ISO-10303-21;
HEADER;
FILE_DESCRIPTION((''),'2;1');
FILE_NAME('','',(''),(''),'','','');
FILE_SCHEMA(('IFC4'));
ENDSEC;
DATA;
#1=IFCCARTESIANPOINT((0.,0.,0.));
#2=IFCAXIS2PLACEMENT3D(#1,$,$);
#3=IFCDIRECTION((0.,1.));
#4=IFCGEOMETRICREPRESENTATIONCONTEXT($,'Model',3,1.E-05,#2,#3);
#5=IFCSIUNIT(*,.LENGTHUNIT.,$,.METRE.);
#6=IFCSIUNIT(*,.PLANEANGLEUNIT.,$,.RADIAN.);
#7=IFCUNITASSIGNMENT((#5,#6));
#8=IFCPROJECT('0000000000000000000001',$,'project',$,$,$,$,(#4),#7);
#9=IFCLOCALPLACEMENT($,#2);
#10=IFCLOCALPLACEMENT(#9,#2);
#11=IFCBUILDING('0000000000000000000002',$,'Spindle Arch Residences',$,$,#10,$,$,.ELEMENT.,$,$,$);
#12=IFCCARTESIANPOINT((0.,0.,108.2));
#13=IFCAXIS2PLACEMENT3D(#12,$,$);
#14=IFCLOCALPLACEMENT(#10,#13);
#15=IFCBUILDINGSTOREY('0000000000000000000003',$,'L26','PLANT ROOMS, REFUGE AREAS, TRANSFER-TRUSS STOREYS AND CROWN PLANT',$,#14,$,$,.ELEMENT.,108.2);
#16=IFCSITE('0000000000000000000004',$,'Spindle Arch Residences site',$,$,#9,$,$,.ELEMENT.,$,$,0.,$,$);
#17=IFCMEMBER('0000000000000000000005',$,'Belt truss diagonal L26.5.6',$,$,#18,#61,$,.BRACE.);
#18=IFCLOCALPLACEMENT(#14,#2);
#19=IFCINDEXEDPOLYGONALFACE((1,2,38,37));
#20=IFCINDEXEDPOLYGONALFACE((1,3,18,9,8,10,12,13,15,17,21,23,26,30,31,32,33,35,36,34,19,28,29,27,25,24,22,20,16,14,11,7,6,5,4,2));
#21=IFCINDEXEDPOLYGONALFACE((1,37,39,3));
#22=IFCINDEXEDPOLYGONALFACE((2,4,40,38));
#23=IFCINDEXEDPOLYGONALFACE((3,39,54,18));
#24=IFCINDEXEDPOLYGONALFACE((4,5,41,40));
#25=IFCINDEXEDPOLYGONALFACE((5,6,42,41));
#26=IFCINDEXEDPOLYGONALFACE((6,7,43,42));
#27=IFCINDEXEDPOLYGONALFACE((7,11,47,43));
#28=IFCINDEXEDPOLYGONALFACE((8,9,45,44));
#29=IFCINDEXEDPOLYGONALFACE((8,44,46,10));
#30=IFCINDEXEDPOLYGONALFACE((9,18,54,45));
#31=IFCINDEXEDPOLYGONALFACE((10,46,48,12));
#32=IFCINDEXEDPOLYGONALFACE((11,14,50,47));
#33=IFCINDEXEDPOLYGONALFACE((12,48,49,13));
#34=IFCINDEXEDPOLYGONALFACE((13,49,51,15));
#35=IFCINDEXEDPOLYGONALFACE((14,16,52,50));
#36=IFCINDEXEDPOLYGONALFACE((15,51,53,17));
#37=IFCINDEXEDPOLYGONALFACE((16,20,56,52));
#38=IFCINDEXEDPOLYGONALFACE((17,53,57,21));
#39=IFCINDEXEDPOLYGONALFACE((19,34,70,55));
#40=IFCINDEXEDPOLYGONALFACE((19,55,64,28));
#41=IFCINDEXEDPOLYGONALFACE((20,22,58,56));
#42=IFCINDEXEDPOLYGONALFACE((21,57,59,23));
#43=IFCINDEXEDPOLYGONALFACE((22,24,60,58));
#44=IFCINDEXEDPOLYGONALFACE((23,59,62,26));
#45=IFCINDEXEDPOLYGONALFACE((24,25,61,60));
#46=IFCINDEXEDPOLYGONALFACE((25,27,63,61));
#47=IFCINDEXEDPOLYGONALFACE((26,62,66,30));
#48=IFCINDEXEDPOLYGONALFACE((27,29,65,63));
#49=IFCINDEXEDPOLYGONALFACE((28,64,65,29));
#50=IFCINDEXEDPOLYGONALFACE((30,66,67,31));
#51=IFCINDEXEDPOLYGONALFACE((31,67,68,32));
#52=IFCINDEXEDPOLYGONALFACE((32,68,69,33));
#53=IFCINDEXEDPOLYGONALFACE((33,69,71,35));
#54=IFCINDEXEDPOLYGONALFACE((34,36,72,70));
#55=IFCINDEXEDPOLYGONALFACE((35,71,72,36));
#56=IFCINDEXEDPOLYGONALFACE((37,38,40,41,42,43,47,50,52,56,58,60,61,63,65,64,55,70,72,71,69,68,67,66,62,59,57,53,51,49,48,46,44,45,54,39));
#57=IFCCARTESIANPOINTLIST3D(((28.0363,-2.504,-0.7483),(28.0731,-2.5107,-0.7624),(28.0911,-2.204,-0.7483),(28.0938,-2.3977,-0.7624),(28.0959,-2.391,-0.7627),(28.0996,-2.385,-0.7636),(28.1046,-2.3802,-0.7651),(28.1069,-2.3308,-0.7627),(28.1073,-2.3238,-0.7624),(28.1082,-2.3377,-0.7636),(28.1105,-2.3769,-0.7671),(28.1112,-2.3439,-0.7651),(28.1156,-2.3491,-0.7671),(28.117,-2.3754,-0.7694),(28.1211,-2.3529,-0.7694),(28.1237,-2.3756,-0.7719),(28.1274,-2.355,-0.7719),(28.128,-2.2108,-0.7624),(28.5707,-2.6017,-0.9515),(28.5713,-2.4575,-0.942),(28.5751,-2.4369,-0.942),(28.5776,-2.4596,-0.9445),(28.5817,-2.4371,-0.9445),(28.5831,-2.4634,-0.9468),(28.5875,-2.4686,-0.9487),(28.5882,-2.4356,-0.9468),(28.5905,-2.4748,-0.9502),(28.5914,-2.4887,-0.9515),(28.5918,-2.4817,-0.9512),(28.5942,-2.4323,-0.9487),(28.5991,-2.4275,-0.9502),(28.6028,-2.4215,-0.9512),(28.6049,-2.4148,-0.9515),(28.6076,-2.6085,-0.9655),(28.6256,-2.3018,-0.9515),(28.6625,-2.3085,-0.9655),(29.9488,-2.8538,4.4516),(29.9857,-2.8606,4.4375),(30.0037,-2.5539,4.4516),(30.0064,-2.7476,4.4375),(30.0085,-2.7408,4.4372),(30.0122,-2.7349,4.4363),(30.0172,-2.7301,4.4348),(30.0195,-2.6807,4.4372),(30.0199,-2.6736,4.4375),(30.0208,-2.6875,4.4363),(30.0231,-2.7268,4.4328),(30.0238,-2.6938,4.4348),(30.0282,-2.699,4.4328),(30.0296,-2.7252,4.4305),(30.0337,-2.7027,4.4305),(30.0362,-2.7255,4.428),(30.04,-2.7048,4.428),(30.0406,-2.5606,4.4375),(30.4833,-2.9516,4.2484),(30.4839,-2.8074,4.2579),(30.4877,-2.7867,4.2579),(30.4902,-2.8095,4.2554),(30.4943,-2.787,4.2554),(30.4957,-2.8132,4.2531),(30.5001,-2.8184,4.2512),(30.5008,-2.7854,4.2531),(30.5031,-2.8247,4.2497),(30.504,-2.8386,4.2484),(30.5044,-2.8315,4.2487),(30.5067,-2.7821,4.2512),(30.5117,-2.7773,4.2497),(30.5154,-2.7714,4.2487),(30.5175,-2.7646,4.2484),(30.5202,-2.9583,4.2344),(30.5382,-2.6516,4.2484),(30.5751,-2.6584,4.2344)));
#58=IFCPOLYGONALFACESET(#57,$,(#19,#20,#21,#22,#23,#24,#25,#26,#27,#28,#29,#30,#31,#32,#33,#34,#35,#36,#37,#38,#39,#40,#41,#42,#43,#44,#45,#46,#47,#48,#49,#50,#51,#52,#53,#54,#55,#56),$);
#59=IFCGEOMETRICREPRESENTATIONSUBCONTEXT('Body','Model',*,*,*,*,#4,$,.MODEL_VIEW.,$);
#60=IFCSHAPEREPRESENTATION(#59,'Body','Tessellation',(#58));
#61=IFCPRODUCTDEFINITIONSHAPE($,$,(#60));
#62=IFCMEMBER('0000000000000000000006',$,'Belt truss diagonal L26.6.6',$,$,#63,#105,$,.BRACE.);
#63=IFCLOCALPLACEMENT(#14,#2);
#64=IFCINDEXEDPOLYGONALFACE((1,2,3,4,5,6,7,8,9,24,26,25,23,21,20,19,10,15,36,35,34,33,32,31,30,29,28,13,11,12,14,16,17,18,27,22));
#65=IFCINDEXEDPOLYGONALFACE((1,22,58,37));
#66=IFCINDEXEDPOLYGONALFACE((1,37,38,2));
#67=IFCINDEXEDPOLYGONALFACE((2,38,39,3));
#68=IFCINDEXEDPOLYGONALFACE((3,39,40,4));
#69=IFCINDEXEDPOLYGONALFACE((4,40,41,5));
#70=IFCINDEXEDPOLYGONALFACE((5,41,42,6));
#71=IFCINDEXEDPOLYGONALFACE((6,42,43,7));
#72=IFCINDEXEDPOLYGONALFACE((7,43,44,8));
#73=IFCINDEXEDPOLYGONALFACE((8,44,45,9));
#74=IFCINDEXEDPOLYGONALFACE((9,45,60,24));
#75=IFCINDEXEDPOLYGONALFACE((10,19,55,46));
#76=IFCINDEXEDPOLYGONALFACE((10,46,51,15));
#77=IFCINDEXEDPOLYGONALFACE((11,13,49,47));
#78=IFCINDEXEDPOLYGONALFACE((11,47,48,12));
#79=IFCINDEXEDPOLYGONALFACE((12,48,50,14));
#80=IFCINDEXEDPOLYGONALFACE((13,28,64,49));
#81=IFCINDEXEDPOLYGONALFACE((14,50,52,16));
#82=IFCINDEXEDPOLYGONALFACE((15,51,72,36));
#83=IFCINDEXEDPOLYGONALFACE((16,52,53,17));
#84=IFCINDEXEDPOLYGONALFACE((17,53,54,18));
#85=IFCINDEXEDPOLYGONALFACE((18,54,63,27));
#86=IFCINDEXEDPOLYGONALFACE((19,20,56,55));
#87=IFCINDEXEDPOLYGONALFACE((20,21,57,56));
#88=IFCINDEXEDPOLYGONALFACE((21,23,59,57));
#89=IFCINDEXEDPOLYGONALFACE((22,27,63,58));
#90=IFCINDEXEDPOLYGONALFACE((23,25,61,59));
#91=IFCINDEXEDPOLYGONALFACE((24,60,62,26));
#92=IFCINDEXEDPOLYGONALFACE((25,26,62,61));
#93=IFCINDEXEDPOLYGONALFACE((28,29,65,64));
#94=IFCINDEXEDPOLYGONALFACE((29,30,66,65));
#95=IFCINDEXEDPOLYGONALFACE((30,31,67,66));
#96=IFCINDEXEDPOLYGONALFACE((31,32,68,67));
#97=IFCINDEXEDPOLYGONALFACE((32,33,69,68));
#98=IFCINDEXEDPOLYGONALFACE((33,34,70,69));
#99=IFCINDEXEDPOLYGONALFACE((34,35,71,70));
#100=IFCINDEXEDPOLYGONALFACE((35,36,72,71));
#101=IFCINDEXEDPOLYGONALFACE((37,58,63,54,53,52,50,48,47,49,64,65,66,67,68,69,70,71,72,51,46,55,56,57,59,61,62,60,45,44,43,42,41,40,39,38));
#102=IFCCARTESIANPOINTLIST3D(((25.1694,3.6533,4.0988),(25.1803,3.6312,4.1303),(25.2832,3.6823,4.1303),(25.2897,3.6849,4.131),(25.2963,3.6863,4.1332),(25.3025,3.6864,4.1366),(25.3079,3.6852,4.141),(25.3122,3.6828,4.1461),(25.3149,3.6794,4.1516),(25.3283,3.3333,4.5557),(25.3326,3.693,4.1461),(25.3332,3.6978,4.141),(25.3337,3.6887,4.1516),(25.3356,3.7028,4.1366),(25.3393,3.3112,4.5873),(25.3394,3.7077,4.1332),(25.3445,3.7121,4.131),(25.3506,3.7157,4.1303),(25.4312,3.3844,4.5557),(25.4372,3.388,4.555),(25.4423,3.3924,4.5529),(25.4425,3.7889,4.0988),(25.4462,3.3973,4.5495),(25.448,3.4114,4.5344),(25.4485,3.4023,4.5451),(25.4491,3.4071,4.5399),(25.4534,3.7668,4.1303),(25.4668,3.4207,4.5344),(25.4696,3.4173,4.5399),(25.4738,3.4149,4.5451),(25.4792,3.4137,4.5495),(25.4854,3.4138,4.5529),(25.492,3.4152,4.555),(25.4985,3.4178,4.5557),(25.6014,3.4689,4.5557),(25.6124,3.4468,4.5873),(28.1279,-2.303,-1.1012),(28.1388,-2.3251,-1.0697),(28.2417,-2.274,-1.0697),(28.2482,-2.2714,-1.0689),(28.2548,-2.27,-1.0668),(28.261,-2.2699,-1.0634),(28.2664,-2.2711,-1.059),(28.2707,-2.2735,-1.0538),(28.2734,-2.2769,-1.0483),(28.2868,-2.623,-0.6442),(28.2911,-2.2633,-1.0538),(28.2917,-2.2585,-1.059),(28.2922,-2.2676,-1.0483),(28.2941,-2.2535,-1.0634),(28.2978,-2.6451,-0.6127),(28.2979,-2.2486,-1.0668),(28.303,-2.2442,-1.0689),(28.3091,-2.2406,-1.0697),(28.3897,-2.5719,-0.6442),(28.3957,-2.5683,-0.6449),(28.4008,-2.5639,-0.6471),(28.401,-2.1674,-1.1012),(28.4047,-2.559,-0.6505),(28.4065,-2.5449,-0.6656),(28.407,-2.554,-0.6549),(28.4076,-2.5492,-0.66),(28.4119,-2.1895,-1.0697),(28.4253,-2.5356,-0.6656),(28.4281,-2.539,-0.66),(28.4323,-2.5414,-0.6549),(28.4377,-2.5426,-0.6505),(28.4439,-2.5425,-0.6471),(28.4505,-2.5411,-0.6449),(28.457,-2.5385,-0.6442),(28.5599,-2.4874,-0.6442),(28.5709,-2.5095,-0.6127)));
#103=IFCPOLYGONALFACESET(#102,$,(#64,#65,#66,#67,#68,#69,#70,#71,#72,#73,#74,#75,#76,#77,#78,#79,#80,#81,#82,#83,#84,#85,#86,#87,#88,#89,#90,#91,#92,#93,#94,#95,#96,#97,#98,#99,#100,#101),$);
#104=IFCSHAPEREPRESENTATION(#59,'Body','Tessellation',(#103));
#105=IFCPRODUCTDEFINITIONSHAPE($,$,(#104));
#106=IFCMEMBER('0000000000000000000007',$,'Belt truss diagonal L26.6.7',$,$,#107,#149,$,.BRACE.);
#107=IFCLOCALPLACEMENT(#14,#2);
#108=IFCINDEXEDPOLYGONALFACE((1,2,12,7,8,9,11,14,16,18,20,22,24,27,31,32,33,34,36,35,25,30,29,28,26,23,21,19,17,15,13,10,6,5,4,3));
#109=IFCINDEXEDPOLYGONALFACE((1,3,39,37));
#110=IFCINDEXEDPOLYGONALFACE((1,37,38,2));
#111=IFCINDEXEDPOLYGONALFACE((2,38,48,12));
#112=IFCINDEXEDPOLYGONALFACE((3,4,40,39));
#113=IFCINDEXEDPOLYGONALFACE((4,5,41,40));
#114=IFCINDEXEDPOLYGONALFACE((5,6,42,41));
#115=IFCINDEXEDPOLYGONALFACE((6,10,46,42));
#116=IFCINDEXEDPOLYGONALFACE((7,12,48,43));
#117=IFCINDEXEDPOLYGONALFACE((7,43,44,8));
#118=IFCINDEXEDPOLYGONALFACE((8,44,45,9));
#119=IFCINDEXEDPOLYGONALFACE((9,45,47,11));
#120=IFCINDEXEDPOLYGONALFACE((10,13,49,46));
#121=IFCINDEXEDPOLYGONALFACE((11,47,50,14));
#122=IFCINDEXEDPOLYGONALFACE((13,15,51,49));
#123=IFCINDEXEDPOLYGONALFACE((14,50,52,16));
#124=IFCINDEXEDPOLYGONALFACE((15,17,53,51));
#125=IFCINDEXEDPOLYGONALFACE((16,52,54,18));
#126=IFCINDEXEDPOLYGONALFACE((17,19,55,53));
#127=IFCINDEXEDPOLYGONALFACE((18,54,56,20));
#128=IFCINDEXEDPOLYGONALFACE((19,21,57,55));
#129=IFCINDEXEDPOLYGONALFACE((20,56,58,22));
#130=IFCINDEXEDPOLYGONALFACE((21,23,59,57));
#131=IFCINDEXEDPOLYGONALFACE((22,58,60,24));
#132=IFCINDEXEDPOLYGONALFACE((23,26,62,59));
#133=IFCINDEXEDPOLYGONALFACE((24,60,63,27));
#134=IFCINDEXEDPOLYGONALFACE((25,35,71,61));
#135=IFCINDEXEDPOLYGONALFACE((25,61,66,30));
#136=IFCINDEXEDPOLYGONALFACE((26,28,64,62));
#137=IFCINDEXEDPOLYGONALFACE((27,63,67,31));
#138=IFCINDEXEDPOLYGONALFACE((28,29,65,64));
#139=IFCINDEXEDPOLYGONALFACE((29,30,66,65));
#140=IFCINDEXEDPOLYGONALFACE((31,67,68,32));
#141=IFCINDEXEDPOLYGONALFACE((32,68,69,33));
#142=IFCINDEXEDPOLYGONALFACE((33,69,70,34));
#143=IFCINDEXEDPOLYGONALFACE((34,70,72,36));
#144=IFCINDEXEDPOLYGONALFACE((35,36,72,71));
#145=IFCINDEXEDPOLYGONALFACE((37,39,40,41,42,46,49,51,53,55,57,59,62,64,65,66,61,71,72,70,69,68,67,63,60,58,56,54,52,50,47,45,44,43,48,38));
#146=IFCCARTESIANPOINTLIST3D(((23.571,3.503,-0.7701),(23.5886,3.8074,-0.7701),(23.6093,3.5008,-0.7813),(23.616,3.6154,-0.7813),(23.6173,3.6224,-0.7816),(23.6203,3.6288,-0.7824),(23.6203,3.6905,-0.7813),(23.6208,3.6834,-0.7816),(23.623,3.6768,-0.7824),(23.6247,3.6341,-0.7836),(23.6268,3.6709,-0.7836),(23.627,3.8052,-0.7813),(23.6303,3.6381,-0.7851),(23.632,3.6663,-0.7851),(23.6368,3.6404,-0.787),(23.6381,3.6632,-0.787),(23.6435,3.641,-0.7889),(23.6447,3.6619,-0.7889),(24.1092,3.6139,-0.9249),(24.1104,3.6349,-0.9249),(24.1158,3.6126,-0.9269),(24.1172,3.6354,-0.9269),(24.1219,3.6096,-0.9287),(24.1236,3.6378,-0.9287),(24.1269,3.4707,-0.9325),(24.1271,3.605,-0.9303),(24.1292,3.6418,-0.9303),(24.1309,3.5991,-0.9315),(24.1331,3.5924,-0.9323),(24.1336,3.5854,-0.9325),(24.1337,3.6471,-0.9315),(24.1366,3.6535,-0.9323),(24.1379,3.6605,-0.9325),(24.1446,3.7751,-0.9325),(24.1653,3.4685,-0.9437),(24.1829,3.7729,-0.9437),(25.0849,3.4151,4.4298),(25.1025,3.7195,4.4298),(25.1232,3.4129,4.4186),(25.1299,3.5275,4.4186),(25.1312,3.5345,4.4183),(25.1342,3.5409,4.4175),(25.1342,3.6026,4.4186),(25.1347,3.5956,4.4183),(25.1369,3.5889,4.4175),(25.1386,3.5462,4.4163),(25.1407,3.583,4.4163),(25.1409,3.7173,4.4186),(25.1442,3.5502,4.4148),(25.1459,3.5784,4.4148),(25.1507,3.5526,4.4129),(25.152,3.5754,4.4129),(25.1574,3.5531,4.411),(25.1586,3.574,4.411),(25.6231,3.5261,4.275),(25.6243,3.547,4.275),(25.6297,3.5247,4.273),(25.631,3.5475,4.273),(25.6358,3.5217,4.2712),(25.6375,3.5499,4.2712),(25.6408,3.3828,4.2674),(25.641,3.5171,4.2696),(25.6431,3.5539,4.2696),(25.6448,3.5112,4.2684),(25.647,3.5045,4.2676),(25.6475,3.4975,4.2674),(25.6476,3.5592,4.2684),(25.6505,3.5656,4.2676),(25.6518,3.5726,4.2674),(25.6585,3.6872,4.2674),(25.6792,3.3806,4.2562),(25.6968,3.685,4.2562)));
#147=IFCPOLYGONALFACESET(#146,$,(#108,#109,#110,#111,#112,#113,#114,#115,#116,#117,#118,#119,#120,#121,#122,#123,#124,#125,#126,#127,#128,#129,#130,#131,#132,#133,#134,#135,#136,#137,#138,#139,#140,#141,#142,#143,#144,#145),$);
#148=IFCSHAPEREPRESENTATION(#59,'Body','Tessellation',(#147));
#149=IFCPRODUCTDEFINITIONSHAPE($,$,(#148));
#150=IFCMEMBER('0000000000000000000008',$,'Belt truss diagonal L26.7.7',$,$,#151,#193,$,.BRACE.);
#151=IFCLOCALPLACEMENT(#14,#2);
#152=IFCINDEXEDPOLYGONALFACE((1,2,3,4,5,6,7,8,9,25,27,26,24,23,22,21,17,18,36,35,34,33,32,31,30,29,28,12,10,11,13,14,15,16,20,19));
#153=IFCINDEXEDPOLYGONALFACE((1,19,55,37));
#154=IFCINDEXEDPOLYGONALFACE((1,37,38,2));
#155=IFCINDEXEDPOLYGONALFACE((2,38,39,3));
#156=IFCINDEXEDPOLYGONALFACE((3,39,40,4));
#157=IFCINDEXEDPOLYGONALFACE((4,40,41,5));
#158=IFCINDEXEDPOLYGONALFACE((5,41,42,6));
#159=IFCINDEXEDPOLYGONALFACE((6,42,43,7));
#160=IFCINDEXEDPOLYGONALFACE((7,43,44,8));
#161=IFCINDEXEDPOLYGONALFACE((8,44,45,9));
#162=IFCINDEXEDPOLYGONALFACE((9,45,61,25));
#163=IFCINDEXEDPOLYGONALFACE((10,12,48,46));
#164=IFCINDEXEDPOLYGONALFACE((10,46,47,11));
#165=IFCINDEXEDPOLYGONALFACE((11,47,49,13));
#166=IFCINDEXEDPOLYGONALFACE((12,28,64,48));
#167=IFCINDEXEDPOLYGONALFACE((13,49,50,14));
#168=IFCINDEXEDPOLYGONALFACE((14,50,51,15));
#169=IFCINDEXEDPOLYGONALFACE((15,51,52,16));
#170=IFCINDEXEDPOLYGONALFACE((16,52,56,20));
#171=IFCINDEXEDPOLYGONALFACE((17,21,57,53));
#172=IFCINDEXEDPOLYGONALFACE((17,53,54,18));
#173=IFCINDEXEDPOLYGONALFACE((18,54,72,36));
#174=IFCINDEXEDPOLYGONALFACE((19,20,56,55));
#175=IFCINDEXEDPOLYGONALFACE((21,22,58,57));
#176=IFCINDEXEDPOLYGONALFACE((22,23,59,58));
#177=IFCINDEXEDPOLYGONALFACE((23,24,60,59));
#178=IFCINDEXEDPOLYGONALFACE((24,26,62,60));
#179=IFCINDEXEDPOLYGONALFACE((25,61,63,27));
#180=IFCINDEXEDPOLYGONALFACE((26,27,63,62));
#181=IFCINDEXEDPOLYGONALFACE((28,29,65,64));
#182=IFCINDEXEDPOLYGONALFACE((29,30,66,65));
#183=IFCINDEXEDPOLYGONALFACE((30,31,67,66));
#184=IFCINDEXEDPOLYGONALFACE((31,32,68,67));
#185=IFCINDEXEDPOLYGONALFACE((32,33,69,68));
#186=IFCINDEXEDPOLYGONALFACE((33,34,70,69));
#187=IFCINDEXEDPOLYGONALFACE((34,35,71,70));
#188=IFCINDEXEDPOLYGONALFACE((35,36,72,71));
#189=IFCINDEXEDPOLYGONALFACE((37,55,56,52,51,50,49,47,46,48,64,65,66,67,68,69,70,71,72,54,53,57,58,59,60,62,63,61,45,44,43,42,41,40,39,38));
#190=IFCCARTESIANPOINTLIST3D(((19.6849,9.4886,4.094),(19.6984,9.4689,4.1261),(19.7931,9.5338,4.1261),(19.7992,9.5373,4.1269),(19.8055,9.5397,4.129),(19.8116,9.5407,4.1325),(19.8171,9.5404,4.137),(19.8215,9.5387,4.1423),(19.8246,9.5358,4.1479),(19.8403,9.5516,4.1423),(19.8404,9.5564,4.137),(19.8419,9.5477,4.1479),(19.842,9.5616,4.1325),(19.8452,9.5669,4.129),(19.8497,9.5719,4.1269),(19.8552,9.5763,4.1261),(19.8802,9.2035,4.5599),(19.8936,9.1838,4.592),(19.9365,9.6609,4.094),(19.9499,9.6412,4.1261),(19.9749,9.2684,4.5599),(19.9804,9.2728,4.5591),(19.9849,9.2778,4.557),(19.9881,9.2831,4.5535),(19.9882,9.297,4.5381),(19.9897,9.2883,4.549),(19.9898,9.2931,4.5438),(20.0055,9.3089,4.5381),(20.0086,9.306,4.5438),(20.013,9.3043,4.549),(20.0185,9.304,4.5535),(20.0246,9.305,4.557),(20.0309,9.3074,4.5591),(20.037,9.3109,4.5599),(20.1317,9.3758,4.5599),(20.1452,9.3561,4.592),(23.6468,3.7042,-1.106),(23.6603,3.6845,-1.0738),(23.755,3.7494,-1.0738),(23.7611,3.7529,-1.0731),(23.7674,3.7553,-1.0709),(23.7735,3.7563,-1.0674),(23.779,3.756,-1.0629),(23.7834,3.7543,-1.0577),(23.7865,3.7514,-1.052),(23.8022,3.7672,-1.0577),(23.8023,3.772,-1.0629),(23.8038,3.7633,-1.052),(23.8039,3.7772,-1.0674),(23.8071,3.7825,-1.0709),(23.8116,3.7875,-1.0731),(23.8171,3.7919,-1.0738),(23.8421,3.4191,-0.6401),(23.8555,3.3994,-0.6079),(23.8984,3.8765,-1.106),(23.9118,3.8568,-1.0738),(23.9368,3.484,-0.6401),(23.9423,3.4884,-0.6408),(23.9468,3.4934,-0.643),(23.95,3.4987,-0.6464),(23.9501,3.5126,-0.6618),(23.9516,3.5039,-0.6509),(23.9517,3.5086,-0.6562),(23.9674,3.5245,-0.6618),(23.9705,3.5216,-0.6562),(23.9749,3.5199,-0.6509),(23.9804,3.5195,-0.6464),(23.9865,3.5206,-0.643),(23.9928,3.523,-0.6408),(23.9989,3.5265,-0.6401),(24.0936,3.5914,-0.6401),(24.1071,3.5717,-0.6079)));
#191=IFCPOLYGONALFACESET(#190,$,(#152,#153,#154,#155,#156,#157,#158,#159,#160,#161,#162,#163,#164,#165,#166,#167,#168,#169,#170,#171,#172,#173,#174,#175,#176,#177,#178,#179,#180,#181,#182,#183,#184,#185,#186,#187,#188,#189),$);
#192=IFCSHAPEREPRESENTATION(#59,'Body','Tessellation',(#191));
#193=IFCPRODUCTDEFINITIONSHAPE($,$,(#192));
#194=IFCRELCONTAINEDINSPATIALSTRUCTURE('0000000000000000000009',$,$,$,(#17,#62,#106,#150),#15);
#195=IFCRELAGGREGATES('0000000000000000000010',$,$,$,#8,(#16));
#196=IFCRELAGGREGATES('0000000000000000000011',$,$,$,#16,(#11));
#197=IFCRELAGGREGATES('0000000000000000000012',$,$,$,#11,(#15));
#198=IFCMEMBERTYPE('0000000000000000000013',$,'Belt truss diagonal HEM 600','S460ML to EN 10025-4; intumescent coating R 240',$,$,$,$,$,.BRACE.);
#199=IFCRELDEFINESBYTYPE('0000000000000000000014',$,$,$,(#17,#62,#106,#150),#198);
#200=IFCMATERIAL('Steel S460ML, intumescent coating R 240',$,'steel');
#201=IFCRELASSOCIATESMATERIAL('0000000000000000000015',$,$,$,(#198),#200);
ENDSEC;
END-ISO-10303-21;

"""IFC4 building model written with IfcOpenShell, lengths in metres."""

from ifc_helpers import new_model, si_unit, direction, frame, origin, origin_2d, place, context, subcontext, project, spatial, i_section, extrude, material, material_profile, profile_set, type_object, element, save


model = new_model("IFC4")

# Units and contexts
model_context = context("Model", 3, precision=1e-05, world=origin(), true_north=direction((0.0, 1.0)))
body_context = subcontext(model_context, "Body", "Model", "MODEL_VIEW")
ifc_project = project(units=[si_unit("LENGTHUNIT", "METRE"), si_unit("PLANEANGLEUNIT", "RADIAN")], contexts=[model_context])

# Site, building, storey
site_placement = place(None, origin())
site = spatial("IfcSite", under=ifc_project, at=site_placement, Name="Spindle Arch Residences site", CompositionType="ELEMENT", RefElevation=0.0)
building_placement = place(site_placement, origin())
building = spatial("IfcBuilding", under=site, at=building_placement, Name="Spindle Arch Residences", CompositionType="ELEMENT")
storey_placement = place(building_placement, frame((0.0, 0.0, 108.2)))
storey = spatial("IfcBuildingStorey", under=building, at=storey_placement, Name="L26", Description="PLANT ROOMS, REFUGE AREAS, TRANSFER-TRUSS STOREYS AND CROWN PLANT", CompositionType="ELEMENT", Elevation=108.2)

# Members
ifc_material_1 = material(Name="Steel S460ML, intumescent coating R 240", Category="steel")
ifc_material_profile_1 = material_profile(ifc_material_1, i_section(OverallWidth=0.3049, OverallDepth=0.6201, WebThickness=0.021, FlangeThickness=0.04, FilletRadius=0.0271, at=origin_2d()), Name="HEM 600")
ifc_profile_set_1 = profile_set([ifc_material_profile_1], Name="Steel S460ML, intumescent coating R 240")
member_type_1 = type_object("IfcMemberType", Name="Belt truss diagonal HEM 600", Description="S460ML to EN 10025-4; intumescent coating R 240", PredefinedType="BRACE", material=ifc_profile_set_1)
member_1_placement = place(storey_placement, frame((28.3494, -2.4062, -0.8569), z_axis=(0.344515, -0.063019, 0.936663), x_axis=(0.179935, 0.983678, 0.0)))
element("IfcMember", 1, at=member_1_placement, inside=storey, type_object=member_type_1, Name="Belt truss diagonal L26.5.6", PredefinedType="BRACE", context=body_context, shape_type="SweptSolid", body=[
    extrude(i_section(OverallWidth=0.3049, OverallDepth=0.6201, WebThickness=0.021, FlangeThickness=0.04, FilletRadius=0.0271, at=origin_2d()), origin(), (0.0, 0.0, 1.0), 5.5515),
])
member_2_placement = place(storey_placement, frame((28.3494, -2.4062, -0.8569), z_axis=(-0.350444, 0.705544, 0.615952), x_axis=(-0.895606, -0.444848, 0.0)))
element("IfcMember", 2, at=member_2_placement, inside=storey, type_object=member_type_1, Name="Belt truss diagonal L26.6.6", PredefinedType="BRACE", context=body_context, shape_type="SweptSolid", body=[
    extrude(i_section(OverallWidth=0.3049, OverallDepth=0.6201, WebThickness=0.021, FlangeThickness=0.04, FilletRadius=0.0271, at=origin_2d()), origin(), (0.0, 0.0, 1.0), 8.4421),
])
member_3_placement = place(storey_placement, frame((23.877, 3.6379, -0.8569), z_axis=(0.279498, -0.016226, 0.960009), x_axis=(0.057958, 0.998319, 0.0)))
element("IfcMember", 3, at=member_3_placement, inside=storey, type_object=member_type_1, Name="Belt truss diagonal L26.6.7", PredefinedType="BRACE", context=body_context, shape_type="SweptSolid", body=[
    extrude(i_section(OverallWidth=0.3049, OverallDepth=0.6201, WebThickness=0.021, FlangeThickness=0.04, FilletRadius=0.0271, at=origin_2d()), origin(), (0.0, 0.0, 1.0), 5.4165),
])
member_4_placement = place(storey_placement, frame((23.877, 3.6379, -0.8569), z_axis=(-0.453878, 0.662666, 0.595708), x_axis=(-0.825031, -0.565087, 0.0)))
element("IfcMember", 4, at=member_4_placement, inside=storey, type_object=member_type_1, Name="Belt truss diagonal L26.7.7", PredefinedType="BRACE", context=body_context, shape_type="SweptSolid", body=[
    extrude(i_section(OverallWidth=0.3049, OverallDepth=0.6201, WebThickness=0.021, FlangeThickness=0.04, FilletRadius=0.0271, at=origin_2d()), origin(), (0.0, 0.0, 1.0), 8.729),
])

save(model, "model.ifc")
